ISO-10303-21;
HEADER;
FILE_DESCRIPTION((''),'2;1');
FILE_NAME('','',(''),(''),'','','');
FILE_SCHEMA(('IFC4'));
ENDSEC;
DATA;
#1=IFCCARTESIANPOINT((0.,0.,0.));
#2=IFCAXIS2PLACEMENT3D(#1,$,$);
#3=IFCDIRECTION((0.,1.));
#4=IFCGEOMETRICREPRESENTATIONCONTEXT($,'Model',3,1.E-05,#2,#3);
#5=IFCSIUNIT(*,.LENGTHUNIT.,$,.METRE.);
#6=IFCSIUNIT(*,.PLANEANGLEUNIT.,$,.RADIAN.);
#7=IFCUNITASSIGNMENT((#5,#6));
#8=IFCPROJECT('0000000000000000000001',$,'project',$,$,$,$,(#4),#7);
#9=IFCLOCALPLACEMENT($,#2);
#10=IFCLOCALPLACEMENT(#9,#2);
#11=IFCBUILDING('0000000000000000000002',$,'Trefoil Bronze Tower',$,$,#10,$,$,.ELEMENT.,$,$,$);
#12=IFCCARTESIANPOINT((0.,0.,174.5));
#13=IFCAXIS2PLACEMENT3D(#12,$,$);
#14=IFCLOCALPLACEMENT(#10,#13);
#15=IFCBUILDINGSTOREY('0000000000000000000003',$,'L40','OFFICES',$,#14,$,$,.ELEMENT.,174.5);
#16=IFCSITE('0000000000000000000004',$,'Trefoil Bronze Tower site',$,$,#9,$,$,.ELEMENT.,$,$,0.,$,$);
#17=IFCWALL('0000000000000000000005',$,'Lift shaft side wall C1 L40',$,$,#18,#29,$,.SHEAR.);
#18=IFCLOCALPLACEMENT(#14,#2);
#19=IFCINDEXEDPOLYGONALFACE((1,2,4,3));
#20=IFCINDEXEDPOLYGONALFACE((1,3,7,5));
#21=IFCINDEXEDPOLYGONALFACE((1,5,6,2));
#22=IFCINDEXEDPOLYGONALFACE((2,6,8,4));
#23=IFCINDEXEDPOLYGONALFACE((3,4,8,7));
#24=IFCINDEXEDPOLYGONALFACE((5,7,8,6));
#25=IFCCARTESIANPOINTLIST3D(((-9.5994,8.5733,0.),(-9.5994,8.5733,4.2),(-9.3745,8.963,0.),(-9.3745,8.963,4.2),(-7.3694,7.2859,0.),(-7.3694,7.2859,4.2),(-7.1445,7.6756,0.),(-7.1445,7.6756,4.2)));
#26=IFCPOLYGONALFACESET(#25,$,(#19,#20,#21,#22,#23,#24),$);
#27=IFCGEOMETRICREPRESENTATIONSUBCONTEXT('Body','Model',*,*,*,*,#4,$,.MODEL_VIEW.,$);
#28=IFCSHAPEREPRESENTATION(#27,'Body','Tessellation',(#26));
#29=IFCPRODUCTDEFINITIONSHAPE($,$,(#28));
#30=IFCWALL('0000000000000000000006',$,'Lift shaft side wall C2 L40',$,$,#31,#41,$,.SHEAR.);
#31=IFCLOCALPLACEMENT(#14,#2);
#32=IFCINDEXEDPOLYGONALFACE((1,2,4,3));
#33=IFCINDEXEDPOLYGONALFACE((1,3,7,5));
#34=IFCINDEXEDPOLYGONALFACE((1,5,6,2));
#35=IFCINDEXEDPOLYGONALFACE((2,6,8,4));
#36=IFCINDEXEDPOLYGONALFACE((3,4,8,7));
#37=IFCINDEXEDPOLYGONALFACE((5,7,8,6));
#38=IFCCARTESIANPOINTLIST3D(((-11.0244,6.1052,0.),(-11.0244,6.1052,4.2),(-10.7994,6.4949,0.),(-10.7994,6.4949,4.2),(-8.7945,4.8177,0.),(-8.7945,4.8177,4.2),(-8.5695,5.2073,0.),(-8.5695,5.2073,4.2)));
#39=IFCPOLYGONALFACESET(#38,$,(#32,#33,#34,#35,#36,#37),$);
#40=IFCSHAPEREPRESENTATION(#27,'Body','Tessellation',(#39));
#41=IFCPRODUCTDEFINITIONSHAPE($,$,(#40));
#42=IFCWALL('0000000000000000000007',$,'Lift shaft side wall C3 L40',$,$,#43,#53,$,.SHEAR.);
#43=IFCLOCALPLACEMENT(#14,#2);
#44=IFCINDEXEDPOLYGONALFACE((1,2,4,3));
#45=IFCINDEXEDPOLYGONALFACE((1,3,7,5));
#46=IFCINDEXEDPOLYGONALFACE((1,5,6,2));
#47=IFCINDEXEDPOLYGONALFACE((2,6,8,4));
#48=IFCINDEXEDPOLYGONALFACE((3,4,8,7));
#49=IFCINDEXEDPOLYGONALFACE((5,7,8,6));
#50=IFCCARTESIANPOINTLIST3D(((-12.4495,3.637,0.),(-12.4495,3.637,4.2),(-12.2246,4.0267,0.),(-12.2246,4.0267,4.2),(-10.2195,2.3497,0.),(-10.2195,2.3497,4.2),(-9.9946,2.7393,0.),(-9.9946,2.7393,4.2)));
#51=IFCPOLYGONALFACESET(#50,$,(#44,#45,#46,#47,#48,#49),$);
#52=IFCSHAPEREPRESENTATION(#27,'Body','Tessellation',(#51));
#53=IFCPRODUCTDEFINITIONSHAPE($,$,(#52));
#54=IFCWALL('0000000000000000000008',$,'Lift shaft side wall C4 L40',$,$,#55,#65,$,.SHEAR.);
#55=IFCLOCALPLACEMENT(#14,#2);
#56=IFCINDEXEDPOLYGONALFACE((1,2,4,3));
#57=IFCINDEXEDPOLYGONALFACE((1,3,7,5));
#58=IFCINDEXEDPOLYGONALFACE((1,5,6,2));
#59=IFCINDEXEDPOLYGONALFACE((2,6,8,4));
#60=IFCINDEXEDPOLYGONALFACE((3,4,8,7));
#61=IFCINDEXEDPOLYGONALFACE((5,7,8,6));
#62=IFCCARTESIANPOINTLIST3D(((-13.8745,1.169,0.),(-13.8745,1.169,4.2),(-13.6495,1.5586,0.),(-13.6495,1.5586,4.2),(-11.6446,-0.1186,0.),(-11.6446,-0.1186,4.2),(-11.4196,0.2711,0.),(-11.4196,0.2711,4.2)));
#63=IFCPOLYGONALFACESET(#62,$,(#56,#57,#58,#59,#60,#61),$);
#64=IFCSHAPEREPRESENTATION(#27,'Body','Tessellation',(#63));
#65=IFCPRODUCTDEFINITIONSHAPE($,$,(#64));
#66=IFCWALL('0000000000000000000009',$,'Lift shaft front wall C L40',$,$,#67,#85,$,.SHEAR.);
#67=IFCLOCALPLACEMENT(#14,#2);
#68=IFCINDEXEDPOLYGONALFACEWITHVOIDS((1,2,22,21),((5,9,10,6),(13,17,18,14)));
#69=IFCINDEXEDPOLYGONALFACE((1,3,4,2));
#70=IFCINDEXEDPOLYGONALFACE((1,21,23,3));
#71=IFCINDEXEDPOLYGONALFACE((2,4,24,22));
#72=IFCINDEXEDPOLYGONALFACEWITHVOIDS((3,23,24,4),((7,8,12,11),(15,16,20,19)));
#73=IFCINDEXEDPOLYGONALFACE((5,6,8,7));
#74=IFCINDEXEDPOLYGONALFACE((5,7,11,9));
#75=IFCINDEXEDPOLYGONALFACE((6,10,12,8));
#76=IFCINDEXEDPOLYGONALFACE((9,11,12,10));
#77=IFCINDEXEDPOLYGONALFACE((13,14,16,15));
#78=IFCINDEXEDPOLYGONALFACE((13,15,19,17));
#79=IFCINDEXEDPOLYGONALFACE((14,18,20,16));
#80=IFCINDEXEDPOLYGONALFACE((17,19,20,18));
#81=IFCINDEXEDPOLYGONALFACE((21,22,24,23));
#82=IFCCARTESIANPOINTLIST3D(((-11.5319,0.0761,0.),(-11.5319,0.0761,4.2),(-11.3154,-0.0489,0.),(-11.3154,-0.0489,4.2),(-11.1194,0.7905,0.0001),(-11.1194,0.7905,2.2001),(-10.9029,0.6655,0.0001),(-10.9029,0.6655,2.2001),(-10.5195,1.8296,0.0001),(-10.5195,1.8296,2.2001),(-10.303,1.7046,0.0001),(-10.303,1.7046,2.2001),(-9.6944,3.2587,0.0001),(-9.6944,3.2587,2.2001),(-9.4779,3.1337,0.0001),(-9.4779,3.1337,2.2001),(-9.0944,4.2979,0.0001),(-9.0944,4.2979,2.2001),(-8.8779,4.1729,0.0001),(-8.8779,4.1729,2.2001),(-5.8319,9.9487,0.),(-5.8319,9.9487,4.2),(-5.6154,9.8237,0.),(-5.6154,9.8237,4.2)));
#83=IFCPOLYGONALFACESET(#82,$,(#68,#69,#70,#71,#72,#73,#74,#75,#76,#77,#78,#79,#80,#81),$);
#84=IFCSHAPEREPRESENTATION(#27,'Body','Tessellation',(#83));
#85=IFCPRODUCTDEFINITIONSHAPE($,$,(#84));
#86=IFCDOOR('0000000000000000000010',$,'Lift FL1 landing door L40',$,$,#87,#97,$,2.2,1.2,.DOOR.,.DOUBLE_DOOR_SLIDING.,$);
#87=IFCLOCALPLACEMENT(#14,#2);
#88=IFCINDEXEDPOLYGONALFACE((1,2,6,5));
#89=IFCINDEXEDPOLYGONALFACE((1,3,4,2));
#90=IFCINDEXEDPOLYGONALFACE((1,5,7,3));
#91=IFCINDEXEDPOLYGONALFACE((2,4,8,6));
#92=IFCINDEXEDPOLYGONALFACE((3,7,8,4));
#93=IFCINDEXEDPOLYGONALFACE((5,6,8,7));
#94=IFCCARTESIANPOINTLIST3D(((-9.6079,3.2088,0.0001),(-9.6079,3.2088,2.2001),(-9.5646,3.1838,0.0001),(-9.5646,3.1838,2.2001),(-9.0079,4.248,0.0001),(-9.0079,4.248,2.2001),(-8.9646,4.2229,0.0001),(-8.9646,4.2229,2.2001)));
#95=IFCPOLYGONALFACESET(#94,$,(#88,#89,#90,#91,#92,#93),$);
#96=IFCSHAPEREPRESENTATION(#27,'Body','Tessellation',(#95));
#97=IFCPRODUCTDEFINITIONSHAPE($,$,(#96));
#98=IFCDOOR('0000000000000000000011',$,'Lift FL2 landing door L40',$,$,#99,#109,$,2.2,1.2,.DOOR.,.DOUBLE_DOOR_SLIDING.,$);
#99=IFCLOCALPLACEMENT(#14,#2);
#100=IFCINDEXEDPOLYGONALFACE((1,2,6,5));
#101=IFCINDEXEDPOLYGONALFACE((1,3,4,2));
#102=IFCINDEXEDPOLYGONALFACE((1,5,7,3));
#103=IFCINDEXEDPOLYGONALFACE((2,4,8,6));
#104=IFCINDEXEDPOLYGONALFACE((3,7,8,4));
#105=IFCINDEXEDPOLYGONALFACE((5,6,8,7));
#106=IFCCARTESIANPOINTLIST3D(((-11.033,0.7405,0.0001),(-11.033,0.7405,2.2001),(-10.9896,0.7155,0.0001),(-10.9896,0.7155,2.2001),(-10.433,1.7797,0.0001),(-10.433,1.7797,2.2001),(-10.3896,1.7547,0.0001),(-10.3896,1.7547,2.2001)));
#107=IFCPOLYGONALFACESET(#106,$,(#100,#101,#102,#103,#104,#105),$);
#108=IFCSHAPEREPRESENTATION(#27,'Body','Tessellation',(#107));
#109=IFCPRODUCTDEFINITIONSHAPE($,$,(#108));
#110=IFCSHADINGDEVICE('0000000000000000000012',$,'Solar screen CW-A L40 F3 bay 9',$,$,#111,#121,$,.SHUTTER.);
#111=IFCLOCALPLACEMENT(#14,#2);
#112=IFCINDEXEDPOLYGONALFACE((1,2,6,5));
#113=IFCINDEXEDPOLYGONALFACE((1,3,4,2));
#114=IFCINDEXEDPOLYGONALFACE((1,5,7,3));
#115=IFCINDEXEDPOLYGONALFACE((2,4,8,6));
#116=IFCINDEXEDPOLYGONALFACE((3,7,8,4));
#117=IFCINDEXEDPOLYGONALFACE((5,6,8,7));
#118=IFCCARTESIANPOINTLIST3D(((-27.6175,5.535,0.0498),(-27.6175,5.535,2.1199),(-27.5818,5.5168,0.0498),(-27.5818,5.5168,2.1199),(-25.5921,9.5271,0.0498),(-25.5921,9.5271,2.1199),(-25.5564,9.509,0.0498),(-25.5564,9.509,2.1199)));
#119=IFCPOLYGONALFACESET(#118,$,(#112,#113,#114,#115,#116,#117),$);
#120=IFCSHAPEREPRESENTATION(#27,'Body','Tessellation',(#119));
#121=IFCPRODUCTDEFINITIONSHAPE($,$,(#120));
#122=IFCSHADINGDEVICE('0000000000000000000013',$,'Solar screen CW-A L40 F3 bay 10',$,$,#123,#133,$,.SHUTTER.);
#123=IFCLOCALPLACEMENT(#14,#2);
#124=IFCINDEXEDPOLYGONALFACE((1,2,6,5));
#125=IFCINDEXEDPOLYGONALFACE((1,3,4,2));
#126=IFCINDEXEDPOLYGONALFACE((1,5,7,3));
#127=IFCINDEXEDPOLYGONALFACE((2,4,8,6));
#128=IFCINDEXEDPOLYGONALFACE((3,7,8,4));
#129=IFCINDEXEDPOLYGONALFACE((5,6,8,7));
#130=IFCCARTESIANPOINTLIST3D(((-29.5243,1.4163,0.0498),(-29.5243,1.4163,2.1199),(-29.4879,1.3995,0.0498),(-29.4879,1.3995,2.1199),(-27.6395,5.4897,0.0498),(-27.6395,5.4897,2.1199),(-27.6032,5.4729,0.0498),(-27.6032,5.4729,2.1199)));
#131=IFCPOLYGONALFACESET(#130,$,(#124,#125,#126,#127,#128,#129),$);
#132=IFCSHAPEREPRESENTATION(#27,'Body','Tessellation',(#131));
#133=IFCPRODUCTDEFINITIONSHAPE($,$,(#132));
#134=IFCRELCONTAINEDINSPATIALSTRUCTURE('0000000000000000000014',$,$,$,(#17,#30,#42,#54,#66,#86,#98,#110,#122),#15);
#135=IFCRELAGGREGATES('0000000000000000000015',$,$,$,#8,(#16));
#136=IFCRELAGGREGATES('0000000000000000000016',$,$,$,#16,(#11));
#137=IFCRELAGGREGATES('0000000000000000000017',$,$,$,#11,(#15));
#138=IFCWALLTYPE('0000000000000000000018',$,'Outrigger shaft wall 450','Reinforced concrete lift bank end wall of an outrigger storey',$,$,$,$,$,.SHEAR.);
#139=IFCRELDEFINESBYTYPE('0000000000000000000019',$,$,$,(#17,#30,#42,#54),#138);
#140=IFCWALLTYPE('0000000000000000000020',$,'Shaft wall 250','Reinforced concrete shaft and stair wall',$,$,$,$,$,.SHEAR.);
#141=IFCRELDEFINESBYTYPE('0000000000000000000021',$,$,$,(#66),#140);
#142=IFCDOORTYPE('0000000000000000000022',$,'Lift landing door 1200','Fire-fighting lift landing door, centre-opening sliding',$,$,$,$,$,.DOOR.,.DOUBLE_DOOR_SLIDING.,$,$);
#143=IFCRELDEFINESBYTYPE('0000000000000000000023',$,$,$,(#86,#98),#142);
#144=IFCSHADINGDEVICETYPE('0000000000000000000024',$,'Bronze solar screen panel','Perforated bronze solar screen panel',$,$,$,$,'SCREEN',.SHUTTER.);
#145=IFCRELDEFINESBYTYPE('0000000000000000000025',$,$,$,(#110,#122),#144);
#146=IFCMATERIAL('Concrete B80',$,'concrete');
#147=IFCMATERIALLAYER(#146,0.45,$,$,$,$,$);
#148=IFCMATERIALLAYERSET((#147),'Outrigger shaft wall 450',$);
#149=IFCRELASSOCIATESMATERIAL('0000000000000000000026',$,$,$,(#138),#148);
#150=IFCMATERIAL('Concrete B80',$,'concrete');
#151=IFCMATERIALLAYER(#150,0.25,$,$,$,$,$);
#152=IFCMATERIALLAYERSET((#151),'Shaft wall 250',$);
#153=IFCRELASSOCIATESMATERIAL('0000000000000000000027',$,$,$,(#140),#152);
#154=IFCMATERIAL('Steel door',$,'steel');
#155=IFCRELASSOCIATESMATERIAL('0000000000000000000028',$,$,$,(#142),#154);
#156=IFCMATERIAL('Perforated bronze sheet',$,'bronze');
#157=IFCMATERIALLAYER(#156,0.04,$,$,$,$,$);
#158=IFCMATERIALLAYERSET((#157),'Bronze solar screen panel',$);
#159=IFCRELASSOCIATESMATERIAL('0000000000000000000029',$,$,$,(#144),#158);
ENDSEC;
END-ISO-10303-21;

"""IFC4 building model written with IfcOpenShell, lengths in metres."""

from ifc_helpers import new_model, si_unit, direction, frame, frame_2d, origin, origin_2d, place, context, subcontext, project, spatial, rectangle, extrude, material, layer, layer_set, type_object, element, fill, save


model = new_model("IFC4")

# Units and contexts
model_context = context("Model", 3, precision=1e-05, world=origin(), true_north=direction((0.0, 1.0)))
body_context = subcontext(model_context, "Body", "Model", "MODEL_VIEW")
ifc_project = project(units=[si_unit("LENGTHUNIT", "METRE"), si_unit("PLANEANGLEUNIT", "RADIAN")], contexts=[model_context])

# Site, building, storey
site_placement = place(None, origin())
site = spatial("IfcSite", under=ifc_project, at=site_placement, Name="Trefoil Bronze Tower site", CompositionType="ELEMENT", RefElevation=0.0)
building_placement = place(site_placement, origin())
building = spatial("IfcBuilding", under=site, at=building_placement, Name="Trefoil Bronze Tower", CompositionType="ELEMENT")
storey_placement = place(building_placement, frame((0.0, 0.0, 174.5)))
storey = spatial("IfcBuildingStorey", under=building, at=storey_placement, Name="L40", Description="OFFICES", CompositionType="ELEMENT", Elevation=174.5)

# Walls
ifc_material_1 = material(Name="Concrete B80", Category="concrete")
ifc_layer_1 = layer(ifc_material_1, 0.45)
ifc_layer_set_1 = layer_set([ifc_layer_1], Name="Outrigger shaft wall 450")
wall_type_1 = type_object("IfcWallType", Name="Outrigger shaft wall 450", Description="Reinforced concrete lift bank end wall of an outrigger storey", PredefinedType="SHEAR", material=ifc_layer_set_1)
for number, where, z_axis, x_axis, name in (
    (1, (-7.2568, 7.4807, 0.0), (0.0, 0.0, 1.0), (-0.866047, 0.499963, 0.0), "Lift shaft side wall C1 L40"),
    (2, (-8.6819, 5.0125, 0.0), (0.0, 0.0, 1.0), (-0.866006, 0.500034, 0.0), "Lift shaft side wall C2 L40"),
    (3, (-10.1069, 2.5444, 0.0), (0.0, 0.0, 1.0), (-0.866047, 0.499963, 0.0), "Lift shaft side wall C3 L40"),
    (4, (-11.532, 0.0762, 0.0), (0.0, 0.0, 1.0), (-0.866006, 0.500034, 0.0), "Lift shaft side wall C4 L40"),
):
    element("IfcWall", number, at=place(storey_placement, frame(where, z_axis=z_axis, x_axis=x_axis)), inside=storey, type_object=wall_type_1, Name=name, PredefinedType="SHEAR", context=body_context, shape_type="SweptSolid", body=[
        extrude(rectangle(XDim=2.575, YDim=0.45, at=frame_2d((1.2876, 0.0))), origin(), (0.0, 0.0, 1.0), 4.2),
    ])

# Wall, openings, doors
ifc_material_2 = material(Name="Concrete B80", Category="concrete")
ifc_layer_2 = layer(ifc_material_2, 0.25)
ifc_layer_set_2 = layer_set([ifc_layer_2], Name="Shaft wall 250")
wall_type_2 = type_object("IfcWallType", Name="Shaft wall 250", Description="Reinforced concrete shaft and stair wall", PredefinedType="SHEAR", material=ifc_layer_set_2)
wall_1_placement = place(storey_placement, frame((-5.7236, 9.8862, 0.0), z_axis=(0.0, 0.0, 1.0), x_axis=(-0.500002, -0.866024, 0.0)))
wall_1 = element("IfcWall", 5, at=wall_1_placement, inside=storey, type_object=wall_type_2, Name="Lift shaft front wall C L40", PredefinedType="SHEAR", context=body_context, shape_type="SweptSolid", body=[
    extrude(rectangle(XDim=11.3999, YDim=0.25, at=frame_2d((5.7, 0.0))), origin(), (0.0, 0.0, 1.0), 4.2),
])
opening_1_placement = place(wall_1_placement, frame((6.5249, 0.0, 0.0)))
opening_1 = element("IfcOpeningElement", 6, at=opening_1_placement, cuts=wall_1, PredefinedType="OPENING", context=body_context, shape_type="SweptSolid", body=[
    extrude(rectangle(XDim=1.2, YDim=2.2, at=frame_2d((0.6001, 1.1001))), frame((0.0, 0.135, 0.0), z_axis=(0.0, -1.0, 0.0), x_axis=(1.0, 0.0, 0.0)), (0.0, 0.0, 1.0), 0.27),
])
opening_2_placement = place(wall_1_placement, frame((9.375, 0.0, 0.0)))
opening_2 = element("IfcOpeningElement", 7, at=opening_2_placement, cuts=wall_1, PredefinedType="OPENING", context=body_context, shape_type="SweptSolid", body=[
    extrude(rectangle(XDim=1.2, YDim=2.2, at=frame_2d((0.6001, 1.1001))), frame((0.0, 0.135, 0.0), z_axis=(0.0, -1.0, 0.0), x_axis=(1.0, 0.0, 0.0)), (0.0, 0.0, 1.0), 0.27),
])
ifc_material_3 = material(Name="Steel door", Category="steel")
door_type_1 = type_object("IfcDoorType", Name="Lift landing door 1200", Description="Fire-fighting lift landing door, centre-opening sliding", OperationType="DOUBLE_DOOR_SLIDING", PredefinedType="DOOR", material=ifc_material_3)
door_1_placement = place(opening_1_placement, origin())
door_1 = element("IfcDoor", 8, at=door_1_placement, inside=storey, type_object=door_type_1, Name="Lift FL1 landing door L40", OperationType="DOUBLE_DOOR_SLIDING", OverallHeight=2.2, OverallWidth=1.2, PredefinedType="DOOR", context=body_context, shape_type="SweptSolid", body=[
    extrude(rectangle(XDim=1.2, YDim=2.2, at=frame_2d((0.6001, 1.1001))), frame((0.0, 0.0249, 0.0), z_axis=(0.0, -1.0, 0.0), x_axis=(1.0, 0.0, 0.0)), (0.0, 0.0, 1.0), 0.05),
])
fill(opening_1, door_1)
door_2_placement = place(opening_2_placement, origin())
door_2 = element("IfcDoor", 9, at=door_2_placement, inside=storey, type_object=door_type_1, Name="Lift FL2 landing door L40", OperationType="DOUBLE_DOOR_SLIDING", OverallHeight=2.2, OverallWidth=1.2, PredefinedType="DOOR", context=body_context, shape_type="SweptSolid", body=[
    extrude(rectangle(XDim=1.2, YDim=2.2, at=frame_2d((0.6001, 1.1001))), frame((0.0, 0.0249, 0.0), z_axis=(0.0, -1.0, 0.0), x_axis=(1.0, 0.0, 0.0)), (0.0, 0.0, 1.0), 0.05),
])
fill(opening_2, door_2)

# Shading devices
ifc_material_4 = material(Name="Perforated bronze sheet", Category="bronze")
ifc_layer_3 = layer(ifc_material_4, 0.04)
ifc_layer_set_3 = layer_set([ifc_layer_3], Name="Bronze solar screen panel")
shading_device_type = type_object("IfcShadingDeviceType", Name="Bronze solar screen panel", Description="Perforated bronze solar screen panel", ElementType="SCREEN", PredefinedType="SHUTTER", material=ifc_layer_set_3)
shading_device_1_placement = place(storey_placement, frame((-26.5869, 7.522, 0.0498), z_axis=(0.0, 0.0, 1.0), x_axis=(-0.452449, -0.89179, 0.0)))
element("IfcShadingDevice", 10, at=shading_device_1_placement, inside=storey, type_object=shading_device_type, Name="Solar screen CW-A L40 F3 bay 9", PredefinedType="SHUTTER", context=body_context, shape_type="SweptSolid", body=[
    extrude(rectangle(XDim=4.4766, YDim=0.04, at=origin_2d()), origin(), (0.0, 0.0, 1.0), 2.0701),
])
shading_device_2_placement = place(storey_placement, frame((-28.5637, 3.4446, 0.0498), z_axis=(0.0, 0.0, 1.0), x_axis=(-0.419933, -0.907555, 0.0)))
element("IfcShadingDevice", 11, at=shading_device_2_placement, inside=storey, type_object=shading_device_type, Name="Solar screen CW-A L40 F3 bay 10", PredefinedType="SHUTTER", context=body_context, shape_type="SweptSolid", body=[
    extrude(rectangle(XDim=4.4883, YDim=0.04, at=origin_2d()), origin(), (0.0, 0.0, 1.0), 2.0701),
])

save(model, "model.ifc")
